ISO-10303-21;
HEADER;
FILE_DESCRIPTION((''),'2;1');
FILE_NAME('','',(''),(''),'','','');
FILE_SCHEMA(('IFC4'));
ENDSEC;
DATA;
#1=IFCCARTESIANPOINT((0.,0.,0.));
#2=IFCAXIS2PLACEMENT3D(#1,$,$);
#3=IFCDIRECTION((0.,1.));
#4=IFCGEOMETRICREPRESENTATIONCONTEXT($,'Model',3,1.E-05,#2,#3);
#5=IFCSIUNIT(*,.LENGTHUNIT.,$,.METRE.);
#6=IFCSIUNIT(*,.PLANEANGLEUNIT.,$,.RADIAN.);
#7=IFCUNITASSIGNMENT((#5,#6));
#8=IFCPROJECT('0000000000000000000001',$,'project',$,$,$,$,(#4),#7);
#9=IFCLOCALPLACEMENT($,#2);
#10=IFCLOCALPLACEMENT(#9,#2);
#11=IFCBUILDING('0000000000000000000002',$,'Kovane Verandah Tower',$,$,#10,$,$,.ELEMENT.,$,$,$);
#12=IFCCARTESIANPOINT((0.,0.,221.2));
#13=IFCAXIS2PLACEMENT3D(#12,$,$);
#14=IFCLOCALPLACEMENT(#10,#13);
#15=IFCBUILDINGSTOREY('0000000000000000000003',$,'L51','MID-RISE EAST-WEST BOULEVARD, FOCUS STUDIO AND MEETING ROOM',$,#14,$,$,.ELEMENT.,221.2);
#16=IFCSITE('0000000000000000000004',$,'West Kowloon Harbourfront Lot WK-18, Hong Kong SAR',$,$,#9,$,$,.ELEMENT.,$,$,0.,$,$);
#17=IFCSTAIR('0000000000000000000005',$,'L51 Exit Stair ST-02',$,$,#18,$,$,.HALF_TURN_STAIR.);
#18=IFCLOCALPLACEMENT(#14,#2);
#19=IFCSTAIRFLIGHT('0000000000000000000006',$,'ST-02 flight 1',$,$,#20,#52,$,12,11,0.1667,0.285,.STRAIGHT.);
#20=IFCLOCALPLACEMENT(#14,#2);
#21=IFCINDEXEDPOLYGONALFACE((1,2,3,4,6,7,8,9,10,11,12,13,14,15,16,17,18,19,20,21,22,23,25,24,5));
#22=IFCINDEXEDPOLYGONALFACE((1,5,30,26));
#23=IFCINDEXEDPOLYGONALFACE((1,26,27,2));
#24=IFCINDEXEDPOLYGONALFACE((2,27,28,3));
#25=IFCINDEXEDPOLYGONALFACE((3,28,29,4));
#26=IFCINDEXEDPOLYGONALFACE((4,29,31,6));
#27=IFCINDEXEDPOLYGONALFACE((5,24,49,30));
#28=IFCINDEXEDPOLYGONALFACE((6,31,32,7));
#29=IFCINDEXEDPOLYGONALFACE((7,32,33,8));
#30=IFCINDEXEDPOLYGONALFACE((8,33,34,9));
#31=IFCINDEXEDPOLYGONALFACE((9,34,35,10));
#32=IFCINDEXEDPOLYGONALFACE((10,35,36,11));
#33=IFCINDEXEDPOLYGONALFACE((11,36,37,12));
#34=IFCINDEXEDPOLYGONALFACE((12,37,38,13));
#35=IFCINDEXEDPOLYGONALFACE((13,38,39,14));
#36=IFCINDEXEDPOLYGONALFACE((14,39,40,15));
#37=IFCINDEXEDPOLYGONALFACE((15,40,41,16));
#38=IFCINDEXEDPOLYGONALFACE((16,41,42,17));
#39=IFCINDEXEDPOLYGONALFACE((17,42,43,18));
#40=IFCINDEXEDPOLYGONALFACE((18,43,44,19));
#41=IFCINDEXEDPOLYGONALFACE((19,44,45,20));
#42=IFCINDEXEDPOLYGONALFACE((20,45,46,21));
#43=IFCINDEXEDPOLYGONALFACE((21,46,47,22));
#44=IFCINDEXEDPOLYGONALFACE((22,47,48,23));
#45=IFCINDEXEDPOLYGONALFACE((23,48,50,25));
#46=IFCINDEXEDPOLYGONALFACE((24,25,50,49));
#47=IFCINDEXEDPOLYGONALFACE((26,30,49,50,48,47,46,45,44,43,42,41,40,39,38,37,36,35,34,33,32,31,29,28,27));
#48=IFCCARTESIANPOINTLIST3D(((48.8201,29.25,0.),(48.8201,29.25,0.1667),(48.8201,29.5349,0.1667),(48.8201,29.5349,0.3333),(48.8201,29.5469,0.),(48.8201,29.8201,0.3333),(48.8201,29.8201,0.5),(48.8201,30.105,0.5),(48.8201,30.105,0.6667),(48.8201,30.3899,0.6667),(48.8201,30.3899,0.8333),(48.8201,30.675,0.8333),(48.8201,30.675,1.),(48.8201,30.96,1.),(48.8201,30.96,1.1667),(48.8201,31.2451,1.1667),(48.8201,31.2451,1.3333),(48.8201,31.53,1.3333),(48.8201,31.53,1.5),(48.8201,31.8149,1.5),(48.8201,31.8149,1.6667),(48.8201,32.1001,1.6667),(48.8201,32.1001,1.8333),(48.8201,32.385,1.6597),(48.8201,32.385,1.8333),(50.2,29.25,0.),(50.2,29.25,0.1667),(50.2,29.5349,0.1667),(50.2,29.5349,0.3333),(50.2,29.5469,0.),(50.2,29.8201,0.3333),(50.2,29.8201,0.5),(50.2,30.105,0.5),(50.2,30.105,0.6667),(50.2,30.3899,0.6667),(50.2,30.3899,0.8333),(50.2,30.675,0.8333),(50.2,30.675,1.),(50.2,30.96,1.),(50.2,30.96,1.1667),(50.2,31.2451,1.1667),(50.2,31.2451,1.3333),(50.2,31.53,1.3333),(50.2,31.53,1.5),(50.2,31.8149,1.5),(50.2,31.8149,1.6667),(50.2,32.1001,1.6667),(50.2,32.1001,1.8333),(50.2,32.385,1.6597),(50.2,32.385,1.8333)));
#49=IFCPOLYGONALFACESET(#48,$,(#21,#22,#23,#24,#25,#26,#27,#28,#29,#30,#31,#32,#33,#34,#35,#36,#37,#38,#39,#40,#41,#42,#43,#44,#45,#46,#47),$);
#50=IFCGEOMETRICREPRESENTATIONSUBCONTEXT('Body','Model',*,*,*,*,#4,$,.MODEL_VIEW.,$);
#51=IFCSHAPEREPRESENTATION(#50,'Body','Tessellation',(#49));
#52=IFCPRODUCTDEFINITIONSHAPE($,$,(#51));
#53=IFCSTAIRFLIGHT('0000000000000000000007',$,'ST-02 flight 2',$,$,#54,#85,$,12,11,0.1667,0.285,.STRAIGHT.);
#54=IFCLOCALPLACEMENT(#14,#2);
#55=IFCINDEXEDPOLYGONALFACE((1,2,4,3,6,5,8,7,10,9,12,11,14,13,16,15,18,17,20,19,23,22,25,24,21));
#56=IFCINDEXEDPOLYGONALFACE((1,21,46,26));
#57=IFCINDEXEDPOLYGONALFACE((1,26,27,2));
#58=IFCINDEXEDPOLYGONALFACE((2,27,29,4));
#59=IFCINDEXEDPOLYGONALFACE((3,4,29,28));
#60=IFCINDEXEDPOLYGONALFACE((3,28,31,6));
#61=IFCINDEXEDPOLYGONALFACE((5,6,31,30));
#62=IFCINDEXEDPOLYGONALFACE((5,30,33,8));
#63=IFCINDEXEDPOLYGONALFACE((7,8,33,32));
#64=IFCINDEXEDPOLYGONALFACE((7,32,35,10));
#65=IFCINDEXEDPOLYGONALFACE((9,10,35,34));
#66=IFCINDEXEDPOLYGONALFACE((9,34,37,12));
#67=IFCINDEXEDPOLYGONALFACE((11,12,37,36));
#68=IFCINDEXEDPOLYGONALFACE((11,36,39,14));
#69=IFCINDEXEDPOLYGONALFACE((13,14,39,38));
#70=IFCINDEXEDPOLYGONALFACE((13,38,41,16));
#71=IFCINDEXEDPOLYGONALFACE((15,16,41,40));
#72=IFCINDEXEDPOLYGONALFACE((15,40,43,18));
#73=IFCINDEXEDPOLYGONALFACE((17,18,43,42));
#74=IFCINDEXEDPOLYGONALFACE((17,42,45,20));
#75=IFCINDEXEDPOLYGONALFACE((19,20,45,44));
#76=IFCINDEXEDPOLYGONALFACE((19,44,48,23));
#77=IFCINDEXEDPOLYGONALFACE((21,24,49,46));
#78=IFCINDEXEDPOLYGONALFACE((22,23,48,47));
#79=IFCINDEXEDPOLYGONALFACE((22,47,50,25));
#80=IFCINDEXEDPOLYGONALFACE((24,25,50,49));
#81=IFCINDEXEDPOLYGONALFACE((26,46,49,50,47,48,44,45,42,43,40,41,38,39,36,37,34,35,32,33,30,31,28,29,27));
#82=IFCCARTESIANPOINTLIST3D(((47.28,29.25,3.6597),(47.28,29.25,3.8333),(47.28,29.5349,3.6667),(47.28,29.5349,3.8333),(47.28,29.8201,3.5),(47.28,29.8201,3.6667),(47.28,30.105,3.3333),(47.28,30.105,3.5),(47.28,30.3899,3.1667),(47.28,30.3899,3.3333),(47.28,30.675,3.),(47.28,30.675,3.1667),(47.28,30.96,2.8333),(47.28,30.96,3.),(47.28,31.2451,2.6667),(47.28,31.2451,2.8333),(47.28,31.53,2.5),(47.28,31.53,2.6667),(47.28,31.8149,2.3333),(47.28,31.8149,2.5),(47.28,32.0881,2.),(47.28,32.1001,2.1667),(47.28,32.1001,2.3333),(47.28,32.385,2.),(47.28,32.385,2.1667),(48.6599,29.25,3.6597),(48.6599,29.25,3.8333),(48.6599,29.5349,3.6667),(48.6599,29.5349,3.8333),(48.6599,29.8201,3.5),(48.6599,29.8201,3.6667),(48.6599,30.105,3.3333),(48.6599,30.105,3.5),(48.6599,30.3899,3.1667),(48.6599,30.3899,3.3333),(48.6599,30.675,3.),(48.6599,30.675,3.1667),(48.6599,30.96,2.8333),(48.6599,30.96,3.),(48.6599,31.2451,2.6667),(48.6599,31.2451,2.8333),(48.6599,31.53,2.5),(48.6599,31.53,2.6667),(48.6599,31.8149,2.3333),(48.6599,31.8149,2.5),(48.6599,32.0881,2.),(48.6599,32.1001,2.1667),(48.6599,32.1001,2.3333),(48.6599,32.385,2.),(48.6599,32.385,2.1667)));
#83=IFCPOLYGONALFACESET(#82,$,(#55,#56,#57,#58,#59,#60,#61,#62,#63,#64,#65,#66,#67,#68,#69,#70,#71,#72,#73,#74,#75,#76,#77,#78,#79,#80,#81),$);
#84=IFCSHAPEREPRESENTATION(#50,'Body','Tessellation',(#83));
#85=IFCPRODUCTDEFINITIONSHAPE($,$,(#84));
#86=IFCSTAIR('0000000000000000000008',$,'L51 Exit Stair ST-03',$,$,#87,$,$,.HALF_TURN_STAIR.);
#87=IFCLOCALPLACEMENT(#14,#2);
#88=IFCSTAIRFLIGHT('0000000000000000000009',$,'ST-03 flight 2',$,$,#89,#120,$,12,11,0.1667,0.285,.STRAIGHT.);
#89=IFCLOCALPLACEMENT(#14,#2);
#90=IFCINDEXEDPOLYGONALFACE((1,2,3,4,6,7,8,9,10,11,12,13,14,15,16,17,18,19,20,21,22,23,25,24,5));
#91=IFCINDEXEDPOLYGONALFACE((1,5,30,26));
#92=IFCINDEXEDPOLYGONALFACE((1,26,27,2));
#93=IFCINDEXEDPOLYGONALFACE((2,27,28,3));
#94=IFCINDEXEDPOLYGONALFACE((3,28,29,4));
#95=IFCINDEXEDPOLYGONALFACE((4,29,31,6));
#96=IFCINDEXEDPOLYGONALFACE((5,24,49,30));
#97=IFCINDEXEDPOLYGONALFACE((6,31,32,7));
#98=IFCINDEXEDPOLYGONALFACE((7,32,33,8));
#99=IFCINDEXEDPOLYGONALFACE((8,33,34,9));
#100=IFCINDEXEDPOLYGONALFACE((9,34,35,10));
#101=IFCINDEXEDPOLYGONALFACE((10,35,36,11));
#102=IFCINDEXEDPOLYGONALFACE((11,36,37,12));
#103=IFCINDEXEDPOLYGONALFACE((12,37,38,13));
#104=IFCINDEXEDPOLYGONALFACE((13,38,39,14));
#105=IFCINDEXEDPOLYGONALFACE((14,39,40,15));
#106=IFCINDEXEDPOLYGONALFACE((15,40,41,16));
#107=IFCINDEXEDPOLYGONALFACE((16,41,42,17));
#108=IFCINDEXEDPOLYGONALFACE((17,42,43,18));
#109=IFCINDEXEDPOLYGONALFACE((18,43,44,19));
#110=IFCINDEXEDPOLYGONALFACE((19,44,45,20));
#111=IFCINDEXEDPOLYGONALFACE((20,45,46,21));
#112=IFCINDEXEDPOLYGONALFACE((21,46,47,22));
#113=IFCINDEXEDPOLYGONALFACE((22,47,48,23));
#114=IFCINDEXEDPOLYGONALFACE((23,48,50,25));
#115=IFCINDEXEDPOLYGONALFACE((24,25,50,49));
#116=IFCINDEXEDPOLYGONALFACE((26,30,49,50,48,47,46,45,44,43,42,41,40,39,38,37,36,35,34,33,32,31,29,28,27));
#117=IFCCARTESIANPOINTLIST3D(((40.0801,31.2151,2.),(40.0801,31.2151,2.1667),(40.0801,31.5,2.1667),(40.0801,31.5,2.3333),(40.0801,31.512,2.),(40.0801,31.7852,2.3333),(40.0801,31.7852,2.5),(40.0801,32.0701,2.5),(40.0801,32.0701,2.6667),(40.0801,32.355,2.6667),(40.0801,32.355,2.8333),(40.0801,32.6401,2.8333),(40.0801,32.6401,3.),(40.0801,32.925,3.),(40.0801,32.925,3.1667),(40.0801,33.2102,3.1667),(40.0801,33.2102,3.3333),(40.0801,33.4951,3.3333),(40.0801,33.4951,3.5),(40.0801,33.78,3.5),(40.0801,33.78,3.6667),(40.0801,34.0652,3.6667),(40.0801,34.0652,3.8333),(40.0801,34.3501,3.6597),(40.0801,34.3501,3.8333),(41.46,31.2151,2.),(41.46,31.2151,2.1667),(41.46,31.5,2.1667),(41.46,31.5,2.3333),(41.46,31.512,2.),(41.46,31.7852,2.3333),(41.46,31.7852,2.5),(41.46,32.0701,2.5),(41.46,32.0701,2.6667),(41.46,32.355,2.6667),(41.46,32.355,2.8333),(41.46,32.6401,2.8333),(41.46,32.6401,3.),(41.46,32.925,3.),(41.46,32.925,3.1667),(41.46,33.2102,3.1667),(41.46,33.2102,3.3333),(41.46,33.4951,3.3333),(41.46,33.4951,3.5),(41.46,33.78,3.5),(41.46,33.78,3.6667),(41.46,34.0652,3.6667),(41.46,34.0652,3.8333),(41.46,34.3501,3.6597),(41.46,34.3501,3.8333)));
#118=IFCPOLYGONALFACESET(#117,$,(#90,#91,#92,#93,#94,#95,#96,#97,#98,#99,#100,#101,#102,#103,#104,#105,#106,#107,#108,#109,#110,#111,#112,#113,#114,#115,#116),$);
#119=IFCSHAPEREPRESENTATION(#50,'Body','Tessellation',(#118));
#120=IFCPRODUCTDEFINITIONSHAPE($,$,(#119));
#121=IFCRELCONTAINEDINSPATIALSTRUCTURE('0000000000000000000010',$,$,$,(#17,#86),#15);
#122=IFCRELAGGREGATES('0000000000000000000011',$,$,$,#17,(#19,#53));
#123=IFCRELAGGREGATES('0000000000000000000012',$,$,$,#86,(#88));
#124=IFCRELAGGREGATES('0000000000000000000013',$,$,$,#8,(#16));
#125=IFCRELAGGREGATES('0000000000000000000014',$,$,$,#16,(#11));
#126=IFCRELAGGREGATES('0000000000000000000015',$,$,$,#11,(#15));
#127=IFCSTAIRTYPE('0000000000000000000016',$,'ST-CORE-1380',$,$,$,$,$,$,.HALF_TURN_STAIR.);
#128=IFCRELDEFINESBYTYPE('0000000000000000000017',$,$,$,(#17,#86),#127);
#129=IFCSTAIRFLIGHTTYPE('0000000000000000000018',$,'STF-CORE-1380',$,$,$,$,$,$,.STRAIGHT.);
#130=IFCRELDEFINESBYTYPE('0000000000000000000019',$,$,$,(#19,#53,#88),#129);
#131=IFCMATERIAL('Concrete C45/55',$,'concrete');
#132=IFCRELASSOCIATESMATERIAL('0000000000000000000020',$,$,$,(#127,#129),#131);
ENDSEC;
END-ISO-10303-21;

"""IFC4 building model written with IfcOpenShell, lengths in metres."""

from ifc_helpers import new_model, si_unit, direction, frame, origin, place, context, subcontext, project, spatial, polyline, outline, extrude, material, type_object, element, aggregate, save


model = new_model("IFC4")

# Units and contexts
model_context = context("Model", 3, precision=1e-05, world=origin(), true_north=direction((0.0, 1.0)))
body_context = subcontext(model_context, "Body", "Model", "MODEL_VIEW")
ifc_project = project(units=[si_unit("LENGTHUNIT", "METRE"), si_unit("PLANEANGLEUNIT", "RADIAN")], contexts=[model_context])

# Site, building, storey
site_placement = place(None, origin())
site = spatial("IfcSite", under=ifc_project, at=site_placement, Name="West Kowloon Harbourfront Lot WK-18, Hong Kong SAR", CompositionType="ELEMENT", RefElevation=0.0)
building_placement = place(site_placement, origin())
building = spatial("IfcBuilding", under=site, at=building_placement, Name="Kovane Verandah Tower", CompositionType="ELEMENT")
storey_placement = place(building_placement, frame((0.0, 0.0, 221.2)))
storey = spatial("IfcBuildingStorey", under=building, at=storey_placement, Name="L51", Description="MID-RISE EAST-WEST BOULEVARD, FOCUS STUDIO AND MEETING ROOM", CompositionType="ELEMENT", Elevation=221.2)

# Shared definitions
ifc_material_1 = material(Name="Concrete C45/55", Category="concrete")

# Stair, stair flights
stair_type = type_object("IfcStairType", Name="ST-CORE-1380", PredefinedType="HALF_TURN_STAIR", material=ifc_material_1)
stair_1_placement = place(storey_placement, origin())
stair_1 = element("IfcStair", 1, at=stair_1_placement, inside=storey, type_object=stair_type, Name="L51 Exit Stair ST-02", PredefinedType="HALF_TURN_STAIR")
stair_flight_type = type_object("IfcStairFlightType", Name="STF-CORE-1380", PredefinedType="STRAIGHT", material=ifc_material_1)
stair_flight_1_placement = place(storey_placement, frame((49.51, 29.25, 0.0), z_axis=(0.0, 0.0, 1.0), x_axis=(0.0, 1.0, 0.0)))
stair_flight_1 = element("IfcStairFlight", 2, at=stair_flight_1_placement, type_object=stair_flight_type, Name="ST-02 flight 1", NumberOfRisers=12, NumberOfTreads=11, PredefinedType="STRAIGHT", RiserHeight=0.1667, TreadLength=0.285, context=body_context, shape_type="SweptSolid", body=[
    extrude(outline(polyline([(0.0, 0.0), (0.0, 0.1667), (0.2849, 0.1667), (0.2849, 0.3333), (0.5701, 0.3333), (0.5701, 0.5), (0.855, 0.5), (0.855, 0.6667), (1.1399, 0.6667), (1.1399, 0.8333), (1.425, 0.8333), (1.425, 1.0), (1.71, 1.0), (1.71, 1.1667), (1.9951, 1.1667), (1.9951, 1.3333), (2.28, 1.3333), (2.28, 1.5), (2.5649, 1.5), (2.5649, 1.6667), (2.8501, 1.6667), (2.8501, 1.8333), (3.135, 1.8333), (3.135, 2.0), (3.135, 1.6597), (0.2969, 0.0), (0.0, 0.0)])), frame((0.0, 0.6899, 0.0), z_axis=(0.0, -1.0, 0.0), x_axis=(1.0, 0.0, 0.0)), (0.0, 0.0, 1.0), 1.3799),
])
stair_flight_2_placement = place(storey_placement, frame((47.97, 32.385, 2.0), z_axis=(0.0, 0.0, 1.0), x_axis=(0.0, -1.0, 0.0)))
stair_flight_2 = element("IfcStairFlight", 3, at=stair_flight_2_placement, type_object=stair_flight_type, Name="ST-02 flight 2", NumberOfRisers=12, NumberOfTreads=11, PredefinedType="STRAIGHT", RiserHeight=0.1667, TreadLength=0.285, context=body_context, shape_type="SweptSolid", body=[
    extrude(outline(polyline([(0.0, 0.0), (0.0, 0.1667), (0.2849, 0.1667), (0.2849, 0.3333), (0.5701, 0.3333), (0.5701, 0.5), (0.855, 0.5), (0.855, 0.6667), (1.1399, 0.6667), (1.1399, 0.8333), (1.425, 0.8333), (1.425, 1.0), (1.71, 1.0), (1.71, 1.1667), (1.9951, 1.1667), (1.9951, 1.3333), (2.28, 1.3333), (2.28, 1.5), (2.5649, 1.5), (2.5649, 1.6667), (2.8501, 1.6667), (2.8501, 1.8333), (3.135, 1.8333), (3.135, 2.0), (3.135, 1.6597), (0.2969, 0.0), (0.0, 0.0)])), frame((0.0, 0.6899, 0.0), z_axis=(0.0, -1.0, 0.0), x_axis=(1.0, 0.0, 0.0)), (0.0, 0.0, 1.0), 1.3799),
])
aggregate(stair_1, [stair_flight_1, stair_flight_2])

# Stair, stair flight
stair_2_placement = place(storey_placement, origin())
stair_2 = element("IfcStair", 4, at=stair_2_placement, inside=storey, type_object=stair_type, Name="L51 Exit Stair ST-03", PredefinedType="HALF_TURN_STAIR")
stair_flight_3_placement = place(storey_placement, frame((40.77, 31.2151, 2.0), z_axis=(0.0, 0.0, 1.0), x_axis=(0.0, 1.0, 0.0)))
stair_flight_3 = element("IfcStairFlight", 5, at=stair_flight_3_placement, type_object=stair_flight_type, Name="ST-03 flight 2", NumberOfRisers=12, NumberOfTreads=11, PredefinedType="STRAIGHT", RiserHeight=0.1667, TreadLength=0.285, context=body_context, shape_type="SweptSolid", body=[
    extrude(outline(polyline([(0.0, 0.0), (0.0, 0.1667), (0.2849, 0.1667), (0.2849, 0.3333), (0.5701, 0.3333), (0.5701, 0.5), (0.855, 0.5), (0.855, 0.6667), (1.1399, 0.6667), (1.1399, 0.8333), (1.425, 0.8333), (1.425, 1.0), (1.71, 1.0), (1.71, 1.1667), (1.9951, 1.1667), (1.9951, 1.3333), (2.28, 1.3333), (2.28, 1.5), (2.5649, 1.5), (2.5649, 1.6667), (2.8501, 1.6667), (2.8501, 1.8333), (3.135, 1.8333), (3.135, 2.0), (3.135, 1.6597), (0.2969, 0.0), (0.0, 0.0)])), frame((0.0, 0.6899, 0.0), z_axis=(0.0, -1.0, 0.0), x_axis=(1.0, 0.0, 0.0)), (0.0, 0.0, 1.0), 1.3799),
])
aggregate(stair_2, [stair_flight_3])

save(model, "model.ifc")
